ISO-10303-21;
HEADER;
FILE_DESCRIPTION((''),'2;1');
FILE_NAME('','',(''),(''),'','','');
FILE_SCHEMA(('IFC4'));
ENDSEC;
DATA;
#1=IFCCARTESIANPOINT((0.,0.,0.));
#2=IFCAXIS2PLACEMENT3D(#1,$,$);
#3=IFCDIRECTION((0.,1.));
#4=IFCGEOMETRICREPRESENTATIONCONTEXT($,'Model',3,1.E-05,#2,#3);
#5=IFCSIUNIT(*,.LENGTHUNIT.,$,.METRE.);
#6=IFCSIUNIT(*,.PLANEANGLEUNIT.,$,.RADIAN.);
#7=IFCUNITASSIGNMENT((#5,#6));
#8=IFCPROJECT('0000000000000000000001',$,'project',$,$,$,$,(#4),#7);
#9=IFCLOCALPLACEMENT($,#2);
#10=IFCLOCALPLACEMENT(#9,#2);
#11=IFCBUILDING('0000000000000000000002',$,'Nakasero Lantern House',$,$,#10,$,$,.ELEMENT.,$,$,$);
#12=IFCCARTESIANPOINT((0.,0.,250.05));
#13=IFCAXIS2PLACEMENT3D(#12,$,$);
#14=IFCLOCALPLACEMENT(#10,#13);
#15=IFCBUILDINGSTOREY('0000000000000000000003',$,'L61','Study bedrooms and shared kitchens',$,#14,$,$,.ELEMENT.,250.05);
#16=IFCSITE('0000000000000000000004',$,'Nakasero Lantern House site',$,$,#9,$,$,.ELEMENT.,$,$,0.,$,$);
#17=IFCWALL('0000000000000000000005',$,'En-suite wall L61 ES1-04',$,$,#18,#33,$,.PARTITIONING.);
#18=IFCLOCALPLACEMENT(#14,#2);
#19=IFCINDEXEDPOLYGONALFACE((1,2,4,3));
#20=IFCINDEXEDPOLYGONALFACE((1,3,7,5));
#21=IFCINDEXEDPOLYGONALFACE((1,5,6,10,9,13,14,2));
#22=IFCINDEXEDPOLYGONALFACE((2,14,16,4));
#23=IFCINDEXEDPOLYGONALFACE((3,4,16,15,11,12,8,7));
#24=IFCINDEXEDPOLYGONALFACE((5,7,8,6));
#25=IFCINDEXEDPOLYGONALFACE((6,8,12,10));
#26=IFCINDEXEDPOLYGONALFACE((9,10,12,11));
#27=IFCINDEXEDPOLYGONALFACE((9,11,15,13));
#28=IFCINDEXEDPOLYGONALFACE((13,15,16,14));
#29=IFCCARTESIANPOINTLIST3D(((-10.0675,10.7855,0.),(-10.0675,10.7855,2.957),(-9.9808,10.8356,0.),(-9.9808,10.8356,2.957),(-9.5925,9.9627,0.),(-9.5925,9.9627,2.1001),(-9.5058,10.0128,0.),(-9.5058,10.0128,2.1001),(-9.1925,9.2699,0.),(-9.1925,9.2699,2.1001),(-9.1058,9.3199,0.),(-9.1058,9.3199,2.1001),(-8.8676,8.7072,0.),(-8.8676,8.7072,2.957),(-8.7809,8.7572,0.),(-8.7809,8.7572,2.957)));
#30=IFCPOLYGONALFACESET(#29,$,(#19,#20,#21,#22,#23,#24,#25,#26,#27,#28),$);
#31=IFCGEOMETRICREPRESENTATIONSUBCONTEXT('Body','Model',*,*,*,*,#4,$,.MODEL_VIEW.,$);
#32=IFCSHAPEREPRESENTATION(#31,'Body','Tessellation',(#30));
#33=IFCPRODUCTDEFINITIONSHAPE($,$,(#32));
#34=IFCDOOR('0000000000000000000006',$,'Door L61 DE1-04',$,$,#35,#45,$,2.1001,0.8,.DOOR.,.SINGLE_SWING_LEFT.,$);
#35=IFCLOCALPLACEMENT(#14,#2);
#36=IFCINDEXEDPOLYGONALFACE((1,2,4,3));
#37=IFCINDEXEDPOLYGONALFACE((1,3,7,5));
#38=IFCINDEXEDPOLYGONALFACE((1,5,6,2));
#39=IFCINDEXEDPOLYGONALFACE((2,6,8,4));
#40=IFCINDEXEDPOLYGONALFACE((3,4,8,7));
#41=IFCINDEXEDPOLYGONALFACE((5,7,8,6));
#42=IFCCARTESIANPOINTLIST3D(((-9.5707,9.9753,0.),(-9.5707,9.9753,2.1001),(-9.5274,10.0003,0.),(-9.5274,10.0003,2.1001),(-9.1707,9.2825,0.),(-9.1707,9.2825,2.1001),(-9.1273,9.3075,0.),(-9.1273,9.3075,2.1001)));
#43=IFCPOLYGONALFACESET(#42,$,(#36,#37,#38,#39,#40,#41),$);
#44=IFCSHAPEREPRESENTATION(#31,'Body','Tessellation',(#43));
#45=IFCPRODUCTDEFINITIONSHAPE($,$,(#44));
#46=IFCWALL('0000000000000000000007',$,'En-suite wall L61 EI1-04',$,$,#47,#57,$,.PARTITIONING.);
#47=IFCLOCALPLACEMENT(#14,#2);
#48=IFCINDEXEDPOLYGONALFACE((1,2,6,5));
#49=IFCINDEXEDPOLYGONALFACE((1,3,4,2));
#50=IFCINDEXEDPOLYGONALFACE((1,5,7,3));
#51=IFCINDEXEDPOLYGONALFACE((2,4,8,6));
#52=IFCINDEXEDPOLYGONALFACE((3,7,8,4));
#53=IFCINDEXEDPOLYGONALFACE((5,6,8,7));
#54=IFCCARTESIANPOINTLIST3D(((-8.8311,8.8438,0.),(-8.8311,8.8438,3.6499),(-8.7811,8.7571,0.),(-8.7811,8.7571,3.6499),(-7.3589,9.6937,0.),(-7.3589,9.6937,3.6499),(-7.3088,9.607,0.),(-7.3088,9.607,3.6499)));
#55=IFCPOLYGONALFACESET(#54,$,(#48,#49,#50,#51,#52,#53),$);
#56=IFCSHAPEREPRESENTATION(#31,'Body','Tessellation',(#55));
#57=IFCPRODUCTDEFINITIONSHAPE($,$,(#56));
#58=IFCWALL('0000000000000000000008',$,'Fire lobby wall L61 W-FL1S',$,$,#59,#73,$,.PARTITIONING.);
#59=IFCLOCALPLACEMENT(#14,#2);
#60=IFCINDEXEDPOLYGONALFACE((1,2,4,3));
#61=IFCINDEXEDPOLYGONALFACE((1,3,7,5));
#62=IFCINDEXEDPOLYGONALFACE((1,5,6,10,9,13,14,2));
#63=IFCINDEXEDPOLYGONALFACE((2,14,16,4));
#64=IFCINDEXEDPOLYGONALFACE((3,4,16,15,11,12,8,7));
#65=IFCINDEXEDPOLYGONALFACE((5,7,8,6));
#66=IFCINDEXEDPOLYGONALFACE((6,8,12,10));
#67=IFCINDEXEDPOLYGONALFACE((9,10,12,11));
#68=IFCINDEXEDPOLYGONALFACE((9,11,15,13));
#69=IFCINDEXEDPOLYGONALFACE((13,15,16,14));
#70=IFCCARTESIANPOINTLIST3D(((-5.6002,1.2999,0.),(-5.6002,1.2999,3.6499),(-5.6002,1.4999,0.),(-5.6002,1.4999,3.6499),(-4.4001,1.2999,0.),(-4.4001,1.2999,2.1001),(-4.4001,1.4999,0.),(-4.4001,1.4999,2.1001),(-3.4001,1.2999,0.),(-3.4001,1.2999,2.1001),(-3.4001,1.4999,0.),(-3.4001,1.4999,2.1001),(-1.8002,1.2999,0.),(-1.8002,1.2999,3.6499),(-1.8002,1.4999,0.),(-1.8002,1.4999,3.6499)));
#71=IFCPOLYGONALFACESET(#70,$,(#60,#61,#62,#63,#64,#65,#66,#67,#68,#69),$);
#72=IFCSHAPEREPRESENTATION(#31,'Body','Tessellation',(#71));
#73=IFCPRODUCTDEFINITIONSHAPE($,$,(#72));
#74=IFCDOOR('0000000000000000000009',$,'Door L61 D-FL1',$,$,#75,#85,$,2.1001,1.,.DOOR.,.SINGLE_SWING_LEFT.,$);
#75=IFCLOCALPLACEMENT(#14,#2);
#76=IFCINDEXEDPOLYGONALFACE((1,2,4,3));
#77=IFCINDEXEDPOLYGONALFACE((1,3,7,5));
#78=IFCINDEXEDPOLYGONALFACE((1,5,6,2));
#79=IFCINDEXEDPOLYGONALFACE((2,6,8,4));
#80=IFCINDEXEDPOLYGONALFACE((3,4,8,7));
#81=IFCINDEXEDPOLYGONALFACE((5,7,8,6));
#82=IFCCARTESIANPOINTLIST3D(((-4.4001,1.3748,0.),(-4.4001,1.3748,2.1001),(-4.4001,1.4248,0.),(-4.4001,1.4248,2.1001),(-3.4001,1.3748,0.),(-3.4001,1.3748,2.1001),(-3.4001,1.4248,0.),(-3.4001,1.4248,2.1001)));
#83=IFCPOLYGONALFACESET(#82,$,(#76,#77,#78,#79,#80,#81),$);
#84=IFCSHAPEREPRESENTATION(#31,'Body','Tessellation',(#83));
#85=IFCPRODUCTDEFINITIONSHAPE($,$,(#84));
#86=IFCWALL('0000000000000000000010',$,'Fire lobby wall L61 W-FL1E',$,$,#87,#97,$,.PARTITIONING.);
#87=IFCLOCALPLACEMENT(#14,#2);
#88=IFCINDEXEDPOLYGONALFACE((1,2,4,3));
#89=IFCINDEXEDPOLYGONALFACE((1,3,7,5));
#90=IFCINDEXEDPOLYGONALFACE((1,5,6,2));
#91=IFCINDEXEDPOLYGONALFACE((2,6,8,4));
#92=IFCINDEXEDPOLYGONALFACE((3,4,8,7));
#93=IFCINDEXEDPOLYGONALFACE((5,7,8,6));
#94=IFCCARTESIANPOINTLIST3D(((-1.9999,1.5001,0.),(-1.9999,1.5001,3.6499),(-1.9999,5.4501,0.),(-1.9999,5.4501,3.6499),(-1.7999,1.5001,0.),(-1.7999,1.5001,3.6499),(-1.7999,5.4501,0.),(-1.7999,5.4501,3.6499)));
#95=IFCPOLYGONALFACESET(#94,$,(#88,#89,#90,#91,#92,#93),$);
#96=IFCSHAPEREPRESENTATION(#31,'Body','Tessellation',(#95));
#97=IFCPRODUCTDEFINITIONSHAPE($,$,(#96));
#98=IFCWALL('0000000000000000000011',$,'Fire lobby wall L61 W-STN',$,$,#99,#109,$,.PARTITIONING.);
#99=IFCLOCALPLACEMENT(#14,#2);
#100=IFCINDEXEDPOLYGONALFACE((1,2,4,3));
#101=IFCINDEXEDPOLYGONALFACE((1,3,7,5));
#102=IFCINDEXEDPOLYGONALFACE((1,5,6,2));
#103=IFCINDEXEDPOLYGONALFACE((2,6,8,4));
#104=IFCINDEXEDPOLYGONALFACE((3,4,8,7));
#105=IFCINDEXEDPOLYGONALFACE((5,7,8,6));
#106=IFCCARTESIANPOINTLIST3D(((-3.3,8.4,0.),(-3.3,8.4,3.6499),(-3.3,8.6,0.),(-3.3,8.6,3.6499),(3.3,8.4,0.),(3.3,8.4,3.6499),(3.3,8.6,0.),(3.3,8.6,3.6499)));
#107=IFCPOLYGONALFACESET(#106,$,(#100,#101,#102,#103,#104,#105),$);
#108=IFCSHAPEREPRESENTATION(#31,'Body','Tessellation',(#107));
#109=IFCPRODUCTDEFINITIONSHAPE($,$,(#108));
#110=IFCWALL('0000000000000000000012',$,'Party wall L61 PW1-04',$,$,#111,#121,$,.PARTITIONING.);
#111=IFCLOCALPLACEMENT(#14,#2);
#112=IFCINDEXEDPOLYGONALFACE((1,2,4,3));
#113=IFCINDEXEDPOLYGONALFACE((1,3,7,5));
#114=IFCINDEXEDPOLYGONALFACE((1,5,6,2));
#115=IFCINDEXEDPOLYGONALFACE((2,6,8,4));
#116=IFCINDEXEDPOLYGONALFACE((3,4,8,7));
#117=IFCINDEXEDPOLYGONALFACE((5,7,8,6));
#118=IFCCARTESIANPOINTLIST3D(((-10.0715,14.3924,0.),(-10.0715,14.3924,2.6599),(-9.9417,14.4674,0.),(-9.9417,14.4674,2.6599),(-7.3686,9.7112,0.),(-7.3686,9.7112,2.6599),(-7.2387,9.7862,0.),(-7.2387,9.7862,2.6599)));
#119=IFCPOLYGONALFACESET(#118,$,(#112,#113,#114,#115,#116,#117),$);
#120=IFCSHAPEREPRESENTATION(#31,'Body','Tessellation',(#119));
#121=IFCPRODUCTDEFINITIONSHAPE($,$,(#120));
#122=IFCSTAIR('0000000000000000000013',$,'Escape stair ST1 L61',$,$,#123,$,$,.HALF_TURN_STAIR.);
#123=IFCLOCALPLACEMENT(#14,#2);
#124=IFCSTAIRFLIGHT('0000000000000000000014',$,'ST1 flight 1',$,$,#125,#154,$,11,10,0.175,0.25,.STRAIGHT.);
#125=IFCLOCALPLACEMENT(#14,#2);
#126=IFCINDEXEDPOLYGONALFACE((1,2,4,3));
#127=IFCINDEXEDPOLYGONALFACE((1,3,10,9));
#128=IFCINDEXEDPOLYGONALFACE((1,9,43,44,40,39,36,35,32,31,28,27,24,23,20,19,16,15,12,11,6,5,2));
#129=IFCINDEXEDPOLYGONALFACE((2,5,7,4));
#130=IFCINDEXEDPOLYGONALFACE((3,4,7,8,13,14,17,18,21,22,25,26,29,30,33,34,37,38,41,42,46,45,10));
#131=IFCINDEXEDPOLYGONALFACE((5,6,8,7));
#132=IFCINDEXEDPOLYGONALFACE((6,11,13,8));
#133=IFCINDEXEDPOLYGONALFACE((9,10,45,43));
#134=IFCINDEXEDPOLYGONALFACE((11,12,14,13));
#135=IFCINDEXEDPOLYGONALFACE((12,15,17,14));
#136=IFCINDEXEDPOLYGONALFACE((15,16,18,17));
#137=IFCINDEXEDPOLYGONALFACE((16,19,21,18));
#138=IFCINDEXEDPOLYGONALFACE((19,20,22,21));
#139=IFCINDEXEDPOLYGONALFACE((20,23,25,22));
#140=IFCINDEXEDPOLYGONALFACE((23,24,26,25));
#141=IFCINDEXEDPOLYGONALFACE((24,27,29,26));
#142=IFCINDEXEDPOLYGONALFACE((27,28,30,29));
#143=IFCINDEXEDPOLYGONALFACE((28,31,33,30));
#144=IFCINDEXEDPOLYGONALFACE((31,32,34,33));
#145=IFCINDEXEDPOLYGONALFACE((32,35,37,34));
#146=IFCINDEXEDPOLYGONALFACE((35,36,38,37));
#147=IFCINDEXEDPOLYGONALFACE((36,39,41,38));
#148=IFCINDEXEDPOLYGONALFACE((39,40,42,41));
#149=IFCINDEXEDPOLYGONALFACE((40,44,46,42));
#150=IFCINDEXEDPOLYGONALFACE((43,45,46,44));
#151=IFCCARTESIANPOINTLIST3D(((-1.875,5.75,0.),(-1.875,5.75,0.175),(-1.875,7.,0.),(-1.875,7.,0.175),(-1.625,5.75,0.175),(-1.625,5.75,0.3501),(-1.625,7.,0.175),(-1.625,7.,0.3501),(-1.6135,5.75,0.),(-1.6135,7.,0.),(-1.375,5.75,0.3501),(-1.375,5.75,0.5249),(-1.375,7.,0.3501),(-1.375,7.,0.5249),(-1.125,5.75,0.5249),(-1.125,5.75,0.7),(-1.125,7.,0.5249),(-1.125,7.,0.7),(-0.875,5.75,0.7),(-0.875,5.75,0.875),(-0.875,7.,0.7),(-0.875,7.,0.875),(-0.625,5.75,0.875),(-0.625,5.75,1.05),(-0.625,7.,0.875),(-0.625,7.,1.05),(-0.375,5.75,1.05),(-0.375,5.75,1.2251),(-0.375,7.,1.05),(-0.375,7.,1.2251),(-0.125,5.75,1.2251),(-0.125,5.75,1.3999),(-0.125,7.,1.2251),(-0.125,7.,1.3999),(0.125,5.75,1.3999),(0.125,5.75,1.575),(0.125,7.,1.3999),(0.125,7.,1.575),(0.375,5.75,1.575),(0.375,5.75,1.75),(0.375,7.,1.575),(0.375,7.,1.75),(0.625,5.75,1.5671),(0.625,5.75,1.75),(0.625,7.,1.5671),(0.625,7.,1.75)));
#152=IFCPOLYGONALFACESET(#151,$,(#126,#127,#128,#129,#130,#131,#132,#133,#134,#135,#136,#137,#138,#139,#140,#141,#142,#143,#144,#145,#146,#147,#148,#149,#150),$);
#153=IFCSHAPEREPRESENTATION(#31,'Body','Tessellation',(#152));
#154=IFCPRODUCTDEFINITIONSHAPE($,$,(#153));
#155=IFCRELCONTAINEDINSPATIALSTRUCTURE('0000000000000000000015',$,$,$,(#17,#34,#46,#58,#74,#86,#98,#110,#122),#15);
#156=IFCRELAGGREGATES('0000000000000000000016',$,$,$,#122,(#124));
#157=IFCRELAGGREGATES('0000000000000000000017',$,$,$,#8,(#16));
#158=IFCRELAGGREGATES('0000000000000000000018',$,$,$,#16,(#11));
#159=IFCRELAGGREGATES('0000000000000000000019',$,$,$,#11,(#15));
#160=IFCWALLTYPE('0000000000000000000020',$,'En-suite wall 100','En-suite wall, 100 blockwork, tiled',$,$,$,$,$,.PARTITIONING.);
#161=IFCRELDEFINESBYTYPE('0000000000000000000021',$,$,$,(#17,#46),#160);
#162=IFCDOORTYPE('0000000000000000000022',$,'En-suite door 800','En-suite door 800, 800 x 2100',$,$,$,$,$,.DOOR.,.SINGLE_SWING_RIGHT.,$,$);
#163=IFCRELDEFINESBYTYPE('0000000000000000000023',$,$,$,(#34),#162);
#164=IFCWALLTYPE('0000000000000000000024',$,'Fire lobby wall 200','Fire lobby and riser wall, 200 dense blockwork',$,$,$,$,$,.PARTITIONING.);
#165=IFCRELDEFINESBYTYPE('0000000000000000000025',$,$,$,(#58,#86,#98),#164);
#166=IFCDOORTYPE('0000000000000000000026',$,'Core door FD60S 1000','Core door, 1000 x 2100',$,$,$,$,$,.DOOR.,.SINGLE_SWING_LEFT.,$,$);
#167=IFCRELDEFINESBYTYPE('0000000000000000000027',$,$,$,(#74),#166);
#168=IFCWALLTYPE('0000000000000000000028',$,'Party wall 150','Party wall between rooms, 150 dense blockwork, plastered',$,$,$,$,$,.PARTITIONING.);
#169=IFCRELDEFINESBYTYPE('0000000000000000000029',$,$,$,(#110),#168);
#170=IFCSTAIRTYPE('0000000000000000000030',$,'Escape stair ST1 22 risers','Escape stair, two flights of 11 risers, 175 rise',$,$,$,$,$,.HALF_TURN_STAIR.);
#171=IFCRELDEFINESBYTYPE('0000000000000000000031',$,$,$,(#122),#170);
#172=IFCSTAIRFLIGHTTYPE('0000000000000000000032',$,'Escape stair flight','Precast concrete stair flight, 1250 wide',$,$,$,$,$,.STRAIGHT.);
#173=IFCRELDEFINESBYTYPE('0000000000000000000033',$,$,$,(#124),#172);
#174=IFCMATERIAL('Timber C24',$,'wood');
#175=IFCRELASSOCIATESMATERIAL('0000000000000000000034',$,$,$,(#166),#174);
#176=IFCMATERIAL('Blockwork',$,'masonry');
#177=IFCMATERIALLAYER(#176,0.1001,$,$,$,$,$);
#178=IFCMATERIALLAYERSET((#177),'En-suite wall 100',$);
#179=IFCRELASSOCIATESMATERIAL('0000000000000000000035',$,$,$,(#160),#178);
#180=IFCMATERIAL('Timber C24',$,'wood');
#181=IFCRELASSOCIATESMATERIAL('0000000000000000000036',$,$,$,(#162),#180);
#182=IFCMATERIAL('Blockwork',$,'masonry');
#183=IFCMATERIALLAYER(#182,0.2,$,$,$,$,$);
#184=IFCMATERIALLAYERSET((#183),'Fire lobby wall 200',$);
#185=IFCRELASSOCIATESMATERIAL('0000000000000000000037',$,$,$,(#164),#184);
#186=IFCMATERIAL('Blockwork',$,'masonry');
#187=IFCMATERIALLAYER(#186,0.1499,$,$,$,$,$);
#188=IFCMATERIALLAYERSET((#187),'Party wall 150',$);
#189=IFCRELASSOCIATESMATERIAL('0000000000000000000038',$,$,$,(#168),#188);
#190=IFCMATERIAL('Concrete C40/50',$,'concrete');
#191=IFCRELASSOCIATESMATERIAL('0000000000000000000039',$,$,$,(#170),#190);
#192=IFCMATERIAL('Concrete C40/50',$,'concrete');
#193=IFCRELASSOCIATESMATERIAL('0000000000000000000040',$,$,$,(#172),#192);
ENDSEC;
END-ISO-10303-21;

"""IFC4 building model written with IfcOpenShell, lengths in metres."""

from ifc_helpers import new_model, si_unit, direction, frame, frame_2d, origin, place, context, subcontext, project, spatial, polyline, rectangle, outline, extrude, material, layer, layer_set, type_object, element, fill, aggregate, save


model = new_model("IFC4")

# Units and contexts
model_context = context("Model", 3, precision=1e-05, world=origin(), true_north=direction((0.0, 1.0)))
body_context = subcontext(model_context, "Body", "Model", "MODEL_VIEW")
ifc_project = project(units=[si_unit("LENGTHUNIT", "METRE"), si_unit("PLANEANGLEUNIT", "RADIAN")], contexts=[model_context])

# Site, building, storey
site_placement = place(None, origin())
site = spatial("IfcSite", under=ifc_project, at=site_placement, Name="Nakasero Lantern House site", CompositionType="ELEMENT", RefElevation=0.0)
building_placement = place(site_placement, origin())
building = spatial("IfcBuilding", under=site, at=building_placement, Name="Nakasero Lantern House", CompositionType="ELEMENT")
storey_placement = place(building_placement, frame((0.0, 0.0, 250.05)))
storey = spatial("IfcBuildingStorey", under=building, at=storey_placement, Name="L61", Description="Study bedrooms and shared kitchens", CompositionType="ELEMENT", Elevation=250.05)

# Shared definitions
ifc_material_1 = material(Name="Timber C24", Category="wood")
door_type_1 = type_object("IfcDoorType", Name="Core door FD60S 1000", Description="Core door, 1000 x 2100", OperationType="SINGLE_SWING_LEFT", PredefinedType="DOOR", material=ifc_material_1)

# Wall, opening, door
ifc_material_2 = material(Name="Blockwork", Category="masonry")
ifc_layer_1 = layer(ifc_material_2, 0.1001)
ifc_layer_set_1 = layer_set([ifc_layer_1], Name="En-suite wall 100")
wall_type_1 = type_object("IfcWallType", Name="En-suite wall 100", Description="En-suite wall, 100 blockwork, tiled", PredefinedType="PARTITIONING", material=ifc_layer_set_1)
ifc_material_3 = material(Name="Timber C24", Category="wood")
door_type_2 = type_object("IfcDoorType", Name="En-suite door 800", Description="En-suite door 800, 800 x 2100", OperationType="SINGLE_SWING_RIGHT", PredefinedType="DOOR", material=ifc_material_3)
wall_1_placement = place(storey_placement, frame((-8.8242, 8.7322, 0.0), z_axis=(0.0, 0.0, 1.0), x_axis=(-0.500001, 0.866025, 0.0)))
wall_1 = element("IfcWall", 1, at=wall_1_placement, inside=storey, type_object=wall_type_1, Name="En-suite wall L61 ES1-04", PredefinedType="PARTITIONING", context=body_context, shape_type="SweptSolid", body=[
    extrude(rectangle(XDim=2.3999, YDim=0.1001, at=frame_2d((1.2, 0.0))), origin(), (0.0, 0.0, 1.0), 2.957),
])
opening_1_placement = place(wall_1_placement, frame((0.6499, 0.0, 0.0)))
opening_1 = element("IfcOpeningElement", 2, at=opening_1_placement, cuts=wall_1, PredefinedType="OPENING", context=body_context, shape_type="SweptSolid", body=[
    extrude(rectangle(XDim=0.8, YDim=2.1001, at=frame_2d((0.3999, 1.05))), frame((0.0, 0.0701, 0.0), z_axis=(0.0, -1.0, 0.0), x_axis=(1.0, 0.0, 0.0)), (0.0, 0.0, 1.0), 0.1401),
])
door_1_placement = place(opening_1_placement, origin())
door_1 = element("IfcDoor", 3, at=door_1_placement, inside=storey, type_object=door_type_2, Name="Door L61 DE1-04", OperationType="SINGLE_SWING_LEFT", OverallHeight=2.1001, OverallWidth=0.8, PredefinedType="DOOR", context=body_context, shape_type="SweptSolid", body=[
    extrude(rectangle(XDim=0.8, YDim=2.1001, at=frame_2d((0.3999, 1.05))), frame((0.0, 0.0249, 0.0), z_axis=(0.0, -1.0, 0.0), x_axis=(1.0, 0.0, 0.0)), (0.0, 0.0, 1.0), 0.05),
])
fill(opening_1, door_1)

# Wall
wall_2_placement = place(storey_placement, frame((-7.3337, 9.6504, 0.0), z_axis=(0.0, 0.0, 1.0), x_axis=(-0.866052, -0.499955, 0.0)))
element("IfcWall", 4, at=wall_2_placement, inside=storey, type_object=wall_type_1, Name="En-suite wall L61 EI1-04", PredefinedType="PARTITIONING", context=body_context, shape_type="SweptSolid", body=[
    extrude(rectangle(XDim=1.7, YDim=0.1001, at=frame_2d((0.8501, 0.0))), origin(), (0.0, 0.0, 1.0), 3.6499),
])

# Wall, opening, door
ifc_material_4 = material(Name="Blockwork", Category="masonry")
ifc_layer_2 = layer(ifc_material_4, 0.2)
ifc_layer_set_2 = layer_set([ifc_layer_2], Name="Fire lobby wall 200")
wall_type_2 = type_object("IfcWallType", Name="Fire lobby wall 200", Description="Fire lobby and riser wall, 200 dense blockwork", PredefinedType="PARTITIONING", material=ifc_layer_set_2)
wall_3_placement = place(storey_placement, frame((-5.6001, 1.3999, 0.0), z_axis=(0.0, 0.0, 1.0), x_axis=(1.0, 0.0, 0.0)))
wall_3 = element("IfcWall", 5, at=wall_3_placement, inside=storey, type_object=wall_type_2, Name="Fire lobby wall L61 W-FL1S", PredefinedType="PARTITIONING", context=body_context, shape_type="SweptSolid", body=[
    extrude(rectangle(XDim=3.8, YDim=0.2, at=frame_2d((1.8999, 0.0))), origin(), (0.0, 0.0, 1.0), 3.6499),
])
opening_2_placement = place(wall_3_placement, frame((1.2, 0.0, 0.0)))
opening_2 = element("IfcOpeningElement", 6, at=opening_2_placement, cuts=wall_3, PredefinedType="OPENING", context=body_context, shape_type="SweptSolid", body=[
    extrude(rectangle(XDim=1.0, YDim=2.1001, at=frame_2d((0.5, 1.05))), frame((0.0, 0.1199, 0.0), z_axis=(0.0, -1.0, 0.0), x_axis=(1.0, 0.0, 0.0)), (0.0, 0.0, 1.0), 0.24),
])
door_2_placement = place(opening_2_placement, origin())
door_2 = element("IfcDoor", 7, at=door_2_placement, inside=storey, type_object=door_type_1, Name="Door L61 D-FL1", OperationType="SINGLE_SWING_LEFT", OverallHeight=2.1001, OverallWidth=1.0, PredefinedType="DOOR", context=body_context, shape_type="SweptSolid", body=[
    extrude(rectangle(XDim=1.0, YDim=2.1001, at=frame_2d((0.5, 1.05))), frame((0.0, 0.0249, 0.0), z_axis=(0.0, -1.0, 0.0), x_axis=(1.0, 0.0, 0.0)), (0.0, 0.0, 1.0), 0.05),
])
fill(opening_2, door_2)

# Walls
wall_4_placement = place(storey_placement, frame((-1.8999, 1.5, 0.0), z_axis=(0.0, 0.0, 1.0), x_axis=(0.0, 1.0, 0.0)))
element("IfcWall", 8, at=wall_4_placement, inside=storey, type_object=wall_type_2, Name="Fire lobby wall L61 W-FL1E", PredefinedType="PARTITIONING", context=body_context, shape_type="SweptSolid", body=[
    extrude(rectangle(XDim=3.95, YDim=0.2, at=frame_2d((1.9751, 0.0))), origin(), (0.0, 0.0, 1.0), 3.6499),
])
wall_5_placement = place(storey_placement, frame((-3.3, 8.5, 0.0), z_axis=(0.0, 0.0, 1.0), x_axis=(1.0, 0.0, 0.0)))
element("IfcWall", 9, at=wall_5_placement, inside=storey, type_object=wall_type_2, Name="Fire lobby wall L61 W-STN", PredefinedType="PARTITIONING", context=body_context, shape_type="SweptSolid", body=[
    extrude(rectangle(XDim=6.6001, YDim=0.2, at=frame_2d((3.3, 0.0))), origin(), (0.0, 0.0, 1.0), 3.6499),
])
ifc_material_5 = material(Name="Blockwork", Category="masonry")
ifc_layer_3 = layer(ifc_material_5, 0.1499)
ifc_layer_set_3 = layer_set([ifc_layer_3], Name="Party wall 150")
wall_type_3 = type_object("IfcWallType", Name="Party wall 150", Description="Party wall between rooms, 150 dense blockwork, plastered", PredefinedType="PARTITIONING", material=ifc_layer_set_3)
wall_6_placement = place(storey_placement, frame((-7.3037, 9.7488, 0.0), z_axis=(0.0, 0.0, 1.0), x_axis=(-0.50003, 0.866008, 0.0)))
element("IfcWall", 10, at=wall_6_placement, inside=storey, type_object=wall_type_3, Name="Party wall L61 PW1-04", PredefinedType="PARTITIONING", context=body_context, shape_type="SweptSolid", body=[
    extrude(rectangle(XDim=5.4055, YDim=0.1499, at=frame_2d((2.7026, 0.0))), origin(), (0.0, 0.0, 1.0), 2.6599),
])

# Stair, stair flight
ifc_material_6 = material(Name="Concrete C40/50", Category="concrete")
stair_type = type_object("IfcStairType", Name="Escape stair ST1 22 risers", Description="Escape stair, two flights of 11 risers, 175 rise", PredefinedType="HALF_TURN_STAIR", material=ifc_material_6)
stair_placement = place(storey_placement, origin())
stair = element("IfcStair", 11, at=stair_placement, inside=storey, type_object=stair_type, Name="Escape stair ST1 L61", PredefinedType="HALF_TURN_STAIR")
ifc_material_7 = material(Name="Concrete C40/50", Category="concrete")
stair_flight_type = type_object("IfcStairFlightType", Name="Escape stair flight", Description="Precast concrete stair flight, 1250 wide", PredefinedType="STRAIGHT", material=ifc_material_7)
stair_flight_placement = place(storey_placement, frame((-1.875, 6.375, 0.0), z_axis=(0.0, 0.0, 1.0), x_axis=(1.0, 0.0, 0.0)))
stair_flight = element("IfcStairFlight", 12, at=stair_flight_placement, type_object=stair_flight_type, Name="ST1 flight 1", NumberOfRisers=11, NumberOfTreads=10, PredefinedType="STRAIGHT", RiserHeight=0.175, TreadLength=0.25, context=body_context, shape_type="SweptSolid", body=[
    extrude(outline(polyline([(0.0, 0.0), (0.0, 0.175), (0.25, 0.175), (0.25, 0.3501), (0.5, 0.3501), (0.5, 0.5249), (0.75, 0.5249), (0.75, 0.7), (1.0, 0.7), (1.0, 0.875), (1.25, 0.875), (1.25, 1.05), (1.5, 1.05), (1.5, 1.2251), (1.75, 1.2251), (1.75, 1.3999), (2.0, 1.3999), (2.0, 1.575), (2.25, 1.575), (2.25, 1.75), (2.5, 1.75), (2.5, 1.925), (2.5, 1.5671), (0.2615, 0.0), (0.0, 0.0)])), frame((0.0, 0.625, 0.0), z_axis=(0.0, -1.0, 0.0), x_axis=(1.0, 0.0, 0.0)), (0.0, 0.0, 1.0), 1.25),
])
aggregate(stair, [stair_flight])

save(model, "model.ifc")
